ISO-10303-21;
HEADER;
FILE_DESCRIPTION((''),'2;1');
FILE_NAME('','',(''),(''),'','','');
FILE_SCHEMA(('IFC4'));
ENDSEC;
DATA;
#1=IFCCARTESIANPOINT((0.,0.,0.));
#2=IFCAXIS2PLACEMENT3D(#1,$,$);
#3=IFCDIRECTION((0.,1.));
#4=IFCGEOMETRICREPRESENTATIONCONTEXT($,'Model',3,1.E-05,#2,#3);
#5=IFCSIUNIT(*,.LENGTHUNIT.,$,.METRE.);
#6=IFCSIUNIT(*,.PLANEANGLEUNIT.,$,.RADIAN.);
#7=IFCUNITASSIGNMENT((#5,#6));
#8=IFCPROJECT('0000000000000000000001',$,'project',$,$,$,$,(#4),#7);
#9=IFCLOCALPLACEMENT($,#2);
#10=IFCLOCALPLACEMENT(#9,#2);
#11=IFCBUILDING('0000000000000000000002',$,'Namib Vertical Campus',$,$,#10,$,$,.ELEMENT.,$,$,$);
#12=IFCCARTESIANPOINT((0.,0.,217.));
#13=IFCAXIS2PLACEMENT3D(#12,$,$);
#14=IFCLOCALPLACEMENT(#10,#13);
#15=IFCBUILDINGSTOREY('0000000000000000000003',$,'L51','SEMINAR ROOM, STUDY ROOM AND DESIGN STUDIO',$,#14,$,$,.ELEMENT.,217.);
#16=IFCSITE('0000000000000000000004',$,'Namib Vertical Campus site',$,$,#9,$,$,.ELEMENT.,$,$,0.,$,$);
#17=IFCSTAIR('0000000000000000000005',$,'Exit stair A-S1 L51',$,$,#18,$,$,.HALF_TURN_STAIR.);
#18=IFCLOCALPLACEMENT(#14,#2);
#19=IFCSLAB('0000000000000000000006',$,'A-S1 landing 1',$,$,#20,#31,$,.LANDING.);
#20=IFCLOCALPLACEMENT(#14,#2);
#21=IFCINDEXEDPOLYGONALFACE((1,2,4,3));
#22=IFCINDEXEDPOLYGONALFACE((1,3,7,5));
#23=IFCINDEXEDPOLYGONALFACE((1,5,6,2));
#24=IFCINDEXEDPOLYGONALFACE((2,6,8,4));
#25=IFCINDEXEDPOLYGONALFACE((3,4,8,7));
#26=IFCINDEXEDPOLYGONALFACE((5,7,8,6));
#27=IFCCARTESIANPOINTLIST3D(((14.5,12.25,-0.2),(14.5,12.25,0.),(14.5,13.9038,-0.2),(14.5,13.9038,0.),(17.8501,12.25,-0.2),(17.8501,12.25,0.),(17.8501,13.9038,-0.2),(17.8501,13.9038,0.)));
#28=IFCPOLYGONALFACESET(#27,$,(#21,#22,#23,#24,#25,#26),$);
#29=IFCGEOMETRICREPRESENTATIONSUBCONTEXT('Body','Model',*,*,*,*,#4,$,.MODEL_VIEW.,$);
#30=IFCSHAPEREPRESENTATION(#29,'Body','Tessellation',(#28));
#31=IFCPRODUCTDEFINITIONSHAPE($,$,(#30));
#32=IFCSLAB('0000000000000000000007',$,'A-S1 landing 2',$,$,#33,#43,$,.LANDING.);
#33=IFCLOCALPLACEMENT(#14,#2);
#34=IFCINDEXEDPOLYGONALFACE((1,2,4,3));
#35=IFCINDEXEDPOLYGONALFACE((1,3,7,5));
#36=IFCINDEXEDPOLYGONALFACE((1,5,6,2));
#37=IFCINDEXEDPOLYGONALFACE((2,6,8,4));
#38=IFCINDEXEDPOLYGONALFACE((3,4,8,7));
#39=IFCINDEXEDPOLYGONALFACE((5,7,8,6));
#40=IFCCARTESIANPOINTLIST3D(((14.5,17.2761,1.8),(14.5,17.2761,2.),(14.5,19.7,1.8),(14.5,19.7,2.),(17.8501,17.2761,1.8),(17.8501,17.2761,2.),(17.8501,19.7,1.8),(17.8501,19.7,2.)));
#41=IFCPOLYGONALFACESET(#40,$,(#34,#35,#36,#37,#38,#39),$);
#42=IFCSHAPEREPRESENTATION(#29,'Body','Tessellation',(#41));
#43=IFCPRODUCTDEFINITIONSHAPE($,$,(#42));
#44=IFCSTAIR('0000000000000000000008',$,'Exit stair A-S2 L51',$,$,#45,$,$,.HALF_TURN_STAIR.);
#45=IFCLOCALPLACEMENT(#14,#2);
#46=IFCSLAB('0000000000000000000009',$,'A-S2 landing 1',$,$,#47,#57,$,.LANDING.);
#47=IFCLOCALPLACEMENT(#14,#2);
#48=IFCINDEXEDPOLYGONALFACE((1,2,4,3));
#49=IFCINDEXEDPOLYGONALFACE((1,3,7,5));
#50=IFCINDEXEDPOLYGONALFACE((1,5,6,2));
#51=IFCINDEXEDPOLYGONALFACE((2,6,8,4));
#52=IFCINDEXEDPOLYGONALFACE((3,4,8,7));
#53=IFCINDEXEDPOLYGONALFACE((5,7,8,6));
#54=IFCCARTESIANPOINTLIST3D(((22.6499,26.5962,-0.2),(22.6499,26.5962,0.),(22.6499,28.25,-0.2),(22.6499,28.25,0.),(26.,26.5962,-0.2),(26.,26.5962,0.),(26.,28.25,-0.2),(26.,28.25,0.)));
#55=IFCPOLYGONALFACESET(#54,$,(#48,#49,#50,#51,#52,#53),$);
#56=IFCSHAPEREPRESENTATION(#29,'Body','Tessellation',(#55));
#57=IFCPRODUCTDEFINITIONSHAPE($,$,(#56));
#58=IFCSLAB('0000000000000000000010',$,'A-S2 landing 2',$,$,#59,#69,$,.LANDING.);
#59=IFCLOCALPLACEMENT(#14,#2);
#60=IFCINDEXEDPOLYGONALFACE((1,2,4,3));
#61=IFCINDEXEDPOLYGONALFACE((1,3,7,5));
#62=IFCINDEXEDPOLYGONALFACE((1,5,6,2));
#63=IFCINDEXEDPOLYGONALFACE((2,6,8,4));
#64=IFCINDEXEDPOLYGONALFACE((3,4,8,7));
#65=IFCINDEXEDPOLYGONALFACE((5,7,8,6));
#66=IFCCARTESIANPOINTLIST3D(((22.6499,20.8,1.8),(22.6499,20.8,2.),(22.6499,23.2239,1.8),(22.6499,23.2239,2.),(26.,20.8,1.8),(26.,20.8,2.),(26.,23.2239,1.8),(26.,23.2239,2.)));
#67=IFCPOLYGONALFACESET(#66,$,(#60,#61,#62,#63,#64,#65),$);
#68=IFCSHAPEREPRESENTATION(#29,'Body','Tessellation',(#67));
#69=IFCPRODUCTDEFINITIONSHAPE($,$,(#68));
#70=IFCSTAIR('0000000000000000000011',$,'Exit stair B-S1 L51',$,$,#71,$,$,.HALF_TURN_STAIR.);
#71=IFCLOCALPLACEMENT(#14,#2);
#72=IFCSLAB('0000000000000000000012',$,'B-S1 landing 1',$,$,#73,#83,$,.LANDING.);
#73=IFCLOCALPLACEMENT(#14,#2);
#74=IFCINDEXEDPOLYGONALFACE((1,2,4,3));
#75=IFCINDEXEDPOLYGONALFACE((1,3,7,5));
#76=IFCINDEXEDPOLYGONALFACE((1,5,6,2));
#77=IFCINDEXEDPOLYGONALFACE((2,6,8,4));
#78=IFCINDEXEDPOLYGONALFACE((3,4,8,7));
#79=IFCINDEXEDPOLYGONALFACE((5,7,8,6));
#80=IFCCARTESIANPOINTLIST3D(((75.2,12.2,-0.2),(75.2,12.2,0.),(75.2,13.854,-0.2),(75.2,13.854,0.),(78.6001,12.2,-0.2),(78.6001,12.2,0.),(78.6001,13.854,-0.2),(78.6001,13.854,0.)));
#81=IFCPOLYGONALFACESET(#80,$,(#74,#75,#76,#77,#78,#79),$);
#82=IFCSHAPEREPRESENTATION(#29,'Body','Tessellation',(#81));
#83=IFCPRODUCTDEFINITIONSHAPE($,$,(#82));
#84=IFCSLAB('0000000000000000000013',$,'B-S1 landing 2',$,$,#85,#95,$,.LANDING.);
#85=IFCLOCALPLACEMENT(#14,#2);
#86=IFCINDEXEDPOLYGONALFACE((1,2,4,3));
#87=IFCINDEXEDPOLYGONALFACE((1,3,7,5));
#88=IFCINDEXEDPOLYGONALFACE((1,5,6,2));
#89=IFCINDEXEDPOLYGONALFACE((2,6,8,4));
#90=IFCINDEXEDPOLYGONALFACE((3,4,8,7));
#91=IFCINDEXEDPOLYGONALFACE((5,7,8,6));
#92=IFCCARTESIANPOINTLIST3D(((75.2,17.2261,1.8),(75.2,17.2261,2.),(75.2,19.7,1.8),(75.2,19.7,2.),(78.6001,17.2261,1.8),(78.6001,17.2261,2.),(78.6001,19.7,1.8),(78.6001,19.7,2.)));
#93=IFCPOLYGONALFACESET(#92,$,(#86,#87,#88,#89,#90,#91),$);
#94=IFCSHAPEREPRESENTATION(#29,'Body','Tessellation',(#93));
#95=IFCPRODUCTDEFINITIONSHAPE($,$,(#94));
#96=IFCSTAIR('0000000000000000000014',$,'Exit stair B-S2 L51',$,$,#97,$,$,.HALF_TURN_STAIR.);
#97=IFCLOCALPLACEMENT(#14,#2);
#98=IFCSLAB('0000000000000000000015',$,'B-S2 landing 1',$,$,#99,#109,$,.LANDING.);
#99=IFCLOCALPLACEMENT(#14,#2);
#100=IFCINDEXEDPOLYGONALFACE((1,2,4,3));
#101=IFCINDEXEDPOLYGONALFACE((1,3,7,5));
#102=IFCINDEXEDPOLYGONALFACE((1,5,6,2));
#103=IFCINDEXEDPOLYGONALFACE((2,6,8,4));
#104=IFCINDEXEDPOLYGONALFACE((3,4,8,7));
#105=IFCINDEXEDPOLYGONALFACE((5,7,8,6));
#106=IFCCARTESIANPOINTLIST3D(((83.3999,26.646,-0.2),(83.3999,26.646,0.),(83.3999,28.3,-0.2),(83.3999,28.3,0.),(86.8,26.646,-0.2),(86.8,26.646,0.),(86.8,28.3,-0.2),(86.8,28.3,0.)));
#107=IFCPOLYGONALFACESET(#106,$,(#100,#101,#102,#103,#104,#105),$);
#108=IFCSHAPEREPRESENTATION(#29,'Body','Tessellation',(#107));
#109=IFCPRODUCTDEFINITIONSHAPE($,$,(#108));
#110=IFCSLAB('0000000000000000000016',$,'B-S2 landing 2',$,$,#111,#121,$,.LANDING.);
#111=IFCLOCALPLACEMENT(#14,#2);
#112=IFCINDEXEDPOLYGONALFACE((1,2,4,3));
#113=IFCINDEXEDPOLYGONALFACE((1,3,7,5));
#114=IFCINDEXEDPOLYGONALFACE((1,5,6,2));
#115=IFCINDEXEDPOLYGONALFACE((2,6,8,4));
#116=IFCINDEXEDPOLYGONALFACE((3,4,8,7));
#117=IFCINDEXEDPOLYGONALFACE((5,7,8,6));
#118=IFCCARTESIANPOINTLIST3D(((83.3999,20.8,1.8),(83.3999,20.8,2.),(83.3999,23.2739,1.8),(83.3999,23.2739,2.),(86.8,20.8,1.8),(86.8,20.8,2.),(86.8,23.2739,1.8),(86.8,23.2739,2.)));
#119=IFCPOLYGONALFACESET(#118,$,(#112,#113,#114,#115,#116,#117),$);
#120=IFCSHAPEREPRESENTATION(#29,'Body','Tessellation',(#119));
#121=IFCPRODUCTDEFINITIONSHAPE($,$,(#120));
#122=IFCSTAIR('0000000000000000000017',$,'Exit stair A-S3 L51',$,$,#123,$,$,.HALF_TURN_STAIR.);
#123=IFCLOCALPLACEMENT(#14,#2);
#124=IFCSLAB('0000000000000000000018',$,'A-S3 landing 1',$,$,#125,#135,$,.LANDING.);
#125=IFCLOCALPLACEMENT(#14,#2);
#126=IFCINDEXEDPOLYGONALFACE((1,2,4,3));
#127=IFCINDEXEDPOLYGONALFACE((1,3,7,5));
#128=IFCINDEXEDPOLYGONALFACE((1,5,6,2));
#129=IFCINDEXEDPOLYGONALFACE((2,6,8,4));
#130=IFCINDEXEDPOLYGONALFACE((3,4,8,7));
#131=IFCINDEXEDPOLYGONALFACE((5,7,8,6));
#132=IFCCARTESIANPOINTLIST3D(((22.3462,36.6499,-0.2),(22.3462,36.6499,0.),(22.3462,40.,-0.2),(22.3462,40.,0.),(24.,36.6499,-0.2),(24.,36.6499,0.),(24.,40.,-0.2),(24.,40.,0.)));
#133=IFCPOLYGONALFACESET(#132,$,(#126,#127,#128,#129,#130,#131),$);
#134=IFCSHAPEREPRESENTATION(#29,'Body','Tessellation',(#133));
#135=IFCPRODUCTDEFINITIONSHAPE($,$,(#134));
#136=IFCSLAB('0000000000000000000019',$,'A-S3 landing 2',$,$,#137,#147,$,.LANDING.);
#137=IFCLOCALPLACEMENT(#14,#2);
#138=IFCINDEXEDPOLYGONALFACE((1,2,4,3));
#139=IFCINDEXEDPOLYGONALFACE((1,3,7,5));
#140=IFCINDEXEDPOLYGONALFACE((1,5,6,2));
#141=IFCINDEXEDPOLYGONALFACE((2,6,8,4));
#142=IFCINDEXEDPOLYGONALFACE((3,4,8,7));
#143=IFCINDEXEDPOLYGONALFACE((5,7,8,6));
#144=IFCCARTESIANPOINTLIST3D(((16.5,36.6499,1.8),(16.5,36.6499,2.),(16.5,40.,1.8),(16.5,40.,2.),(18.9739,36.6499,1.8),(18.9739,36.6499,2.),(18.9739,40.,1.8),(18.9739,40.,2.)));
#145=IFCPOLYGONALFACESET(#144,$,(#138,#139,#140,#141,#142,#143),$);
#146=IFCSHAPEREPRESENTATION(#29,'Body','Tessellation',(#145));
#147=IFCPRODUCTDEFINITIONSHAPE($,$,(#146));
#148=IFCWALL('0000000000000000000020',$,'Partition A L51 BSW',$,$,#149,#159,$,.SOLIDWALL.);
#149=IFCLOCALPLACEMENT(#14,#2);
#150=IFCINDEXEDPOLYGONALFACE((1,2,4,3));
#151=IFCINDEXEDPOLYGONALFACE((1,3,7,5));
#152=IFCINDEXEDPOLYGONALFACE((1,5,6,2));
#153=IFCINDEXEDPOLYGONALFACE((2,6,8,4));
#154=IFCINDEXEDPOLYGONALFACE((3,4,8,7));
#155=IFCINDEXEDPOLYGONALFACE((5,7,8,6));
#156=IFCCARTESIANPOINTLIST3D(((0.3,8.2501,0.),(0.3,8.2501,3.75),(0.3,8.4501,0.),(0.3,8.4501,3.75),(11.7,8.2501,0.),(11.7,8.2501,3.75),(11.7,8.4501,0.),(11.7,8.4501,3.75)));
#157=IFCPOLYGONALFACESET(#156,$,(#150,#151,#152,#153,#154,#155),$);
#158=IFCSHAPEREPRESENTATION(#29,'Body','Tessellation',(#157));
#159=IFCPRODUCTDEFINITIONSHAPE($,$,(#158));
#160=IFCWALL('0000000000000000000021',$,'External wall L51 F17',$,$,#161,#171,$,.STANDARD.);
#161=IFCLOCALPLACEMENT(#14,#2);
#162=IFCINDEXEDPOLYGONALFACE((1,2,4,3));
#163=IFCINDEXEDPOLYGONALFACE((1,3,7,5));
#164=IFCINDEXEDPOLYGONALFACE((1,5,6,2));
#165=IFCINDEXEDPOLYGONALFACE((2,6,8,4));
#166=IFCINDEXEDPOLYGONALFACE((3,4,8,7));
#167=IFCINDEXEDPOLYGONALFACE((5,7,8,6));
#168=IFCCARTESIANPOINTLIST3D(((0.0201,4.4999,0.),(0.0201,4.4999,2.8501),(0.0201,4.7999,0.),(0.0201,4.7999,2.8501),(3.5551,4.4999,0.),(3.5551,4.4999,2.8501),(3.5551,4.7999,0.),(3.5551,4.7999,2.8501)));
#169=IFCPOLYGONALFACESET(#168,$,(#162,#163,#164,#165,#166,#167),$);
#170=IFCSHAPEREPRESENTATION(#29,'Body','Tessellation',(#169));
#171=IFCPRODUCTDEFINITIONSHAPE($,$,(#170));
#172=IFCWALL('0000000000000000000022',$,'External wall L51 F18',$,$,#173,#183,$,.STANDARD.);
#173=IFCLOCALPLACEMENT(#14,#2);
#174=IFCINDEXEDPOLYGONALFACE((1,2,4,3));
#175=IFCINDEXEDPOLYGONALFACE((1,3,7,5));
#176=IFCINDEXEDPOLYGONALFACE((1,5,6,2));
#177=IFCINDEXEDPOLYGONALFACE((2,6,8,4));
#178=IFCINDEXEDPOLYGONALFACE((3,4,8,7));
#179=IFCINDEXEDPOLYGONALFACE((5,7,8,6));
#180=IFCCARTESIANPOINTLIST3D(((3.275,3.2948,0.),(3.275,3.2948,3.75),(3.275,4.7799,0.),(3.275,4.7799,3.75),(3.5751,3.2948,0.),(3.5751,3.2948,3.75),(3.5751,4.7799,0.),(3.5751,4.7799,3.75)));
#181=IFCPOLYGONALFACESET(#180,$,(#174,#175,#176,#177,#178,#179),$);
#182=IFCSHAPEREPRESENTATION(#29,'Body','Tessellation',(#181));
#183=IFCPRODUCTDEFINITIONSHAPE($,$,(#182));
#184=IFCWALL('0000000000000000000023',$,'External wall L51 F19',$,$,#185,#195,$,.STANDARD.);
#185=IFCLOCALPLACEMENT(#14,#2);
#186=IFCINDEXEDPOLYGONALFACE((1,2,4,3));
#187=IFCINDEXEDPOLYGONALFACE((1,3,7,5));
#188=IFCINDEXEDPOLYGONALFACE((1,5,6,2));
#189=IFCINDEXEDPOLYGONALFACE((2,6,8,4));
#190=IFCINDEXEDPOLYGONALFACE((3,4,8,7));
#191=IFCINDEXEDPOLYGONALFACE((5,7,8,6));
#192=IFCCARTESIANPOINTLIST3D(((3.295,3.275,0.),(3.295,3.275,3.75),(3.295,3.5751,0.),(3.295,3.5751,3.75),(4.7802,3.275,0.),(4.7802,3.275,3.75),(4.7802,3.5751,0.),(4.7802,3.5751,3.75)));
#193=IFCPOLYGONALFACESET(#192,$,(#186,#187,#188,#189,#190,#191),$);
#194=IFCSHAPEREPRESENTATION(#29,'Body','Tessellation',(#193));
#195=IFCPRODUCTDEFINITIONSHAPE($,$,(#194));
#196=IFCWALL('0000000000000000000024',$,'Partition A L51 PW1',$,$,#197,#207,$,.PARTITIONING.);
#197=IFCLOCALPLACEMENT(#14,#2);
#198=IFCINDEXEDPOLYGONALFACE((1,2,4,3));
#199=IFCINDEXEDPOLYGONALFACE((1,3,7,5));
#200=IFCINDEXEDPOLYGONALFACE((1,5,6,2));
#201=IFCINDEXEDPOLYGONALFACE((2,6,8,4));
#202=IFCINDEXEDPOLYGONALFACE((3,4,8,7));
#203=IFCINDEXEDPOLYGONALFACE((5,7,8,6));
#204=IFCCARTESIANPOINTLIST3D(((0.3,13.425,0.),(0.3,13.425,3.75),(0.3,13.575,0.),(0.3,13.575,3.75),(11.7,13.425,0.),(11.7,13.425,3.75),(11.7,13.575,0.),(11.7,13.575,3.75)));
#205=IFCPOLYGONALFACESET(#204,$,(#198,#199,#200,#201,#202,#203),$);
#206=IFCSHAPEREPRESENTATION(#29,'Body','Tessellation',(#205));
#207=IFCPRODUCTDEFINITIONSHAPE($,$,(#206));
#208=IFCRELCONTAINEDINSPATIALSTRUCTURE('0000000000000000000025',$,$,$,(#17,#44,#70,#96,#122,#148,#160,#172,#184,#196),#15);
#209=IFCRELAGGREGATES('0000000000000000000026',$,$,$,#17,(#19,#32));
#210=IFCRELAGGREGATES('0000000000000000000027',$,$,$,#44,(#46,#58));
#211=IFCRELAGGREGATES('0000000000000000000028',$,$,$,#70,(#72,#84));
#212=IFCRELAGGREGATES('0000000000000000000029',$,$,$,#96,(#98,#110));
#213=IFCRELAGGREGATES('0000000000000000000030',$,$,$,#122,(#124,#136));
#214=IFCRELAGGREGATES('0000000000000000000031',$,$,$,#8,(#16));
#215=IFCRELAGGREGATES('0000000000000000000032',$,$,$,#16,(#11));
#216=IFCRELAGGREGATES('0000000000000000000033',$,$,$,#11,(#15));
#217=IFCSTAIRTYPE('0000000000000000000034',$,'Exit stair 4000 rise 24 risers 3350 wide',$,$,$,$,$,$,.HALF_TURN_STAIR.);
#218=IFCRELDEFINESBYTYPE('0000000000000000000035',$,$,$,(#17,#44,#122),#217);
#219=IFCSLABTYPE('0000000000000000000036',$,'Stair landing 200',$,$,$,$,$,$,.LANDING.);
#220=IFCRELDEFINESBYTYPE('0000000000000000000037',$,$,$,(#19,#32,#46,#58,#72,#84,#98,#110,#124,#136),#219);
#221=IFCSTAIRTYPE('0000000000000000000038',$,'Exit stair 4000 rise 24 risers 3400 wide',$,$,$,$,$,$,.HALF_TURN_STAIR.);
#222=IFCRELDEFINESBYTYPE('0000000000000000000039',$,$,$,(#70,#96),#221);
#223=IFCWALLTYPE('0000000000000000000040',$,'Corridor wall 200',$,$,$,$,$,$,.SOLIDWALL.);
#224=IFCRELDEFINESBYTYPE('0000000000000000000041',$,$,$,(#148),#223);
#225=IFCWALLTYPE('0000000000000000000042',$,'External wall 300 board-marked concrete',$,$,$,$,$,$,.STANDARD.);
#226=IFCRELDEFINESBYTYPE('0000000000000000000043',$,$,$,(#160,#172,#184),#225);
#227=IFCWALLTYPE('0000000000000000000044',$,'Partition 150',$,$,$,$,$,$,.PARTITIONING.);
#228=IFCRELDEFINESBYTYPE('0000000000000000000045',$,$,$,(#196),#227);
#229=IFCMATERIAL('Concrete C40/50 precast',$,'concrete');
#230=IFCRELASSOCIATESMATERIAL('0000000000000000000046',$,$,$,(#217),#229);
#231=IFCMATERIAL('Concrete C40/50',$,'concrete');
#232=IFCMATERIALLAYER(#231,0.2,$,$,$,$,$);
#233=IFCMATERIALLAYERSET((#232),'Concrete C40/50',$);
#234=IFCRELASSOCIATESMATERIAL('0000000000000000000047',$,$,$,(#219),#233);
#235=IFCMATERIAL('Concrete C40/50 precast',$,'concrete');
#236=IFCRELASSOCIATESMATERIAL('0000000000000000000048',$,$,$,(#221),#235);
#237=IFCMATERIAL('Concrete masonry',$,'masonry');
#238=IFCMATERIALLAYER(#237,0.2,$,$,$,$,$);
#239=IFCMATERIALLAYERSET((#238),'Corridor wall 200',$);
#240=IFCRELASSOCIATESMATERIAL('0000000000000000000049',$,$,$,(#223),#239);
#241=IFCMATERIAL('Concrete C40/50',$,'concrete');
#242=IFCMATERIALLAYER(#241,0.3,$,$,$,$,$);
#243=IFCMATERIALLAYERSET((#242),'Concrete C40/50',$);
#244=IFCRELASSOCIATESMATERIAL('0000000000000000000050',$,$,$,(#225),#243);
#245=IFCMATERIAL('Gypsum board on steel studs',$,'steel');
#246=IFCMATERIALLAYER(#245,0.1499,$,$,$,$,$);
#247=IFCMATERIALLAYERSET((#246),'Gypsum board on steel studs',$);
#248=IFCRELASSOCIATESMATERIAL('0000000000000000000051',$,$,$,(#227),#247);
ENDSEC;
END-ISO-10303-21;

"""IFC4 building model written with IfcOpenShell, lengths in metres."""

from ifc_helpers import new_model, si_unit, direction, frame, frame_2d, origin, place, context, subcontext, project, spatial, polyline, rectangle, outline, extrude, material, layer, layer_set, type_object, element, aggregate, save


model = new_model("IFC4")

# Units and contexts
model_context = context("Model", 3, precision=1e-05, world=origin(), true_north=direction((0.0, 1.0)))
body_context = subcontext(model_context, "Body", "Model", "MODEL_VIEW")
ifc_project = project(units=[si_unit("LENGTHUNIT", "METRE"), si_unit("PLANEANGLEUNIT", "RADIAN")], contexts=[model_context])

# Site, building, storey
site_placement = place(None, origin())
site = spatial("IfcSite", under=ifc_project, at=site_placement, Name="Namib Vertical Campus site", CompositionType="ELEMENT", RefElevation=0.0)
building_placement = place(site_placement, origin())
building = spatial("IfcBuilding", under=site, at=building_placement, Name="Namib Vertical Campus", CompositionType="ELEMENT")
storey_placement = place(building_placement, frame((0.0, 0.0, 217.0)))
storey = spatial("IfcBuildingStorey", under=building, at=storey_placement, Name="L51", Description="SEMINAR ROOM, STUDY ROOM AND DESIGN STUDIO", CompositionType="ELEMENT", Elevation=217.0)

# Stairs, slabs
ifc_material_1 = material(Name="Concrete C40/50 precast", Category="concrete")
stair_type_1 = type_object("IfcStairType", Name="Exit stair 4000 rise 24 risers 3350 wide", PredefinedType="HALF_TURN_STAIR", material=ifc_material_1)
stair_1_placement = place(storey_placement, origin())
stair_1 = element("IfcStair", 1, at=stair_1_placement, inside=storey, type_object=stair_type_1, Name="Exit stair A-S1 L51", PredefinedType="HALF_TURN_STAIR")
ifc_material_2 = material(Name="Concrete C40/50", Category="concrete")
ifc_layer_1 = layer(ifc_material_2, 0.2)
ifc_layer_set_1 = layer_set([ifc_layer_1], Name="Concrete C40/50")
slab_type_1 = type_object("IfcSlabType", Name="Stair landing 200", PredefinedType="LANDING", material=ifc_layer_set_1)
slab_1_placement = place(storey_placement, frame((0.0, 0.0, -0.2)))
slab_1 = element("IfcSlab", 2, at=slab_1_placement, type_object=slab_type_1, Name="A-S1 landing 1", PredefinedType="LANDING", context=body_context, shape_type="SweptSolid", body=[
    extrude(outline(polyline([(14.5, 12.25), (17.8501, 12.25), (17.8501, 13.9038), (14.5, 13.9038), (14.5, 12.25)])), origin(), (0.0, 0.0, 1.0), 0.2),
])
slab_2_placement = place(storey_placement, frame((0.0, 0.0, 1.8)))
slab_2 = element("IfcSlab", 3, at=slab_2_placement, type_object=slab_type_1, Name="A-S1 landing 2", PredefinedType="LANDING", context=body_context, shape_type="SweptSolid", body=[
    extrude(outline(polyline([(14.5, 17.2761), (17.8501, 17.2761), (17.8501, 19.7), (14.5, 19.7), (14.5, 17.2761)])), origin(), (0.0, 0.0, 1.0), 0.2),
])
aggregate(stair_1, [slab_1, slab_2])
stair_2_placement = place(storey_placement, origin())
stair_2 = element("IfcStair", 4, at=stair_2_placement, inside=storey, type_object=stair_type_1, Name="Exit stair A-S2 L51", PredefinedType="HALF_TURN_STAIR")
slab_3_placement = place(storey_placement, frame((0.0, 0.0, -0.2)))
slab_3 = element("IfcSlab", 5, at=slab_3_placement, type_object=slab_type_1, Name="A-S2 landing 1", PredefinedType="LANDING", context=body_context, shape_type="SweptSolid", body=[
    extrude(outline(polyline([(22.6499, 26.5962), (26.0, 26.5962), (26.0, 28.25), (22.6499, 28.25), (22.6499, 26.5962)])), origin(), (0.0, 0.0, 1.0), 0.2),
])
slab_4_placement = place(storey_placement, frame((0.0, 0.0, 1.8)))
slab_4 = element("IfcSlab", 6, at=slab_4_placement, type_object=slab_type_1, Name="A-S2 landing 2", PredefinedType="LANDING", context=body_context, shape_type="SweptSolid", body=[
    extrude(outline(polyline([(22.6499, 20.8), (26.0, 20.8), (26.0, 23.2239), (22.6499, 23.2239), (22.6499, 20.8)])), origin(), (0.0, 0.0, 1.0), 0.2),
])
aggregate(stair_2, [slab_3, slab_4])
ifc_material_3 = material(Name="Concrete C40/50 precast", Category="concrete")
stair_type_2 = type_object("IfcStairType", Name="Exit stair 4000 rise 24 risers 3400 wide", PredefinedType="HALF_TURN_STAIR", material=ifc_material_3)
stair_3_placement = place(storey_placement, origin())
stair_3 = element("IfcStair", 7, at=stair_3_placement, inside=storey, type_object=stair_type_2, Name="Exit stair B-S1 L51", PredefinedType="HALF_TURN_STAIR")
slab_5_placement = place(storey_placement, frame((0.0, 0.0, -0.2)))
slab_5 = element("IfcSlab", 8, at=slab_5_placement, type_object=slab_type_1, Name="B-S1 landing 1", PredefinedType="LANDING", context=body_context, shape_type="SweptSolid", body=[
    extrude(outline(polyline([(75.2, 12.2), (78.6001, 12.2), (78.6001, 13.854), (75.2, 13.854), (75.2, 12.2)])), origin(), (0.0, 0.0, 1.0), 0.2),
])
slab_6_placement = place(storey_placement, frame((0.0, 0.0, 1.8)))
slab_6 = element("IfcSlab", 9, at=slab_6_placement, type_object=slab_type_1, Name="B-S1 landing 2", PredefinedType="LANDING", context=body_context, shape_type="SweptSolid", body=[
    extrude(outline(polyline([(75.2, 17.2261), (78.6001, 17.2261), (78.6001, 19.7), (75.2, 19.7), (75.2, 17.2261)])), origin(), (0.0, 0.0, 1.0), 0.2),
])
aggregate(stair_3, [slab_5, slab_6])
stair_4_placement = place(storey_placement, origin())
stair_4 = element("IfcStair", 10, at=stair_4_placement, inside=storey, type_object=stair_type_2, Name="Exit stair B-S2 L51", PredefinedType="HALF_TURN_STAIR")
slab_7_placement = place(storey_placement, frame((0.0, 0.0, -0.2)))
slab_7 = element("IfcSlab", 11, at=slab_7_placement, type_object=slab_type_1, Name="B-S2 landing 1", PredefinedType="LANDING", context=body_context, shape_type="SweptSolid", body=[
    extrude(outline(polyline([(83.3999, 26.646), (86.8, 26.646), (86.8, 28.3), (83.3999, 28.3), (83.3999, 26.646)])), origin(), (0.0, 0.0, 1.0), 0.2),
])
slab_8_placement = place(storey_placement, frame((0.0, 0.0, 1.8)))
slab_8 = element("IfcSlab", 12, at=slab_8_placement, type_object=slab_type_1, Name="B-S2 landing 2", PredefinedType="LANDING", context=body_context, shape_type="SweptSolid", body=[
    extrude(outline(polyline([(83.3999, 20.8), (86.8, 20.8), (86.8, 23.2739), (83.3999, 23.2739), (83.3999, 20.8)])), origin(), (0.0, 0.0, 1.0), 0.2),
])
aggregate(stair_4, [slab_7, slab_8])
stair_5_placement = place(storey_placement, origin())
stair_5 = element("IfcStair", 13, at=stair_5_placement, inside=storey, type_object=stair_type_1, Name="Exit stair A-S3 L51", PredefinedType="HALF_TURN_STAIR")
slab_9_placement = place(storey_placement, frame((0.0, 0.0, -0.2)))
slab_9 = element("IfcSlab", 14, at=slab_9_placement, type_object=slab_type_1, Name="A-S3 landing 1", PredefinedType="LANDING", context=body_context, shape_type="SweptSolid", body=[
    extrude(outline(polyline([(22.3462, 36.6499), (22.3462, 40.0), (24.0, 40.0), (24.0, 36.6499), (22.3462, 36.6499)])), origin(), (0.0, 0.0, 1.0), 0.2),
])
slab_10_placement = place(storey_placement, frame((0.0, 0.0, 1.8)))
slab_10 = element("IfcSlab", 15, at=slab_10_placement, type_object=slab_type_1, Name="A-S3 landing 2", PredefinedType="LANDING", context=body_context, shape_type="SweptSolid", body=[
    extrude(outline(polyline([(16.5, 36.6499), (16.5, 40.0), (18.9739, 40.0), (18.9739, 36.6499), (16.5, 36.6499)])), origin(), (0.0, 0.0, 1.0), 0.2),
])
aggregate(stair_5, [slab_9, slab_10])

# Walls
ifc_material_4 = material(Name="Concrete masonry", Category="masonry")
ifc_layer_2 = layer(ifc_material_4, 0.2)
ifc_layer_set_2 = layer_set([ifc_layer_2], Name="Corridor wall 200")
wall_type_1 = type_object("IfcWallType", Name="Corridor wall 200", PredefinedType="SOLIDWALL", material=ifc_layer_set_2)
wall_1_placement = place(storey_placement, frame((0.3, 8.3501, 0.0), z_axis=(0.0, 0.0, 1.0), x_axis=(1.0, 0.0, 0.0)))
element("IfcWall", 16, at=wall_1_placement, inside=storey, type_object=wall_type_1, Name="Partition A L51 BSW", PredefinedType="SOLIDWALL", context=body_context, shape_type="SweptSolid", body=[
    extrude(rectangle(XDim=11.3999, YDim=0.2, at=frame_2d((5.7, 0.0))), origin(), (0.0, 0.0, 1.0), 3.75),
])
ifc_material_5 = material(Name="Concrete C40/50", Category="concrete")
ifc_layer_3 = layer(ifc_material_5, 0.3)
ifc_layer_set_3 = layer_set([ifc_layer_3], Name="Concrete C40/50")
wall_type_2 = type_object("IfcWallType", Name="External wall 300 board-marked concrete", PredefinedType="STANDARD", material=ifc_layer_set_3)
wall_2_placement = place(storey_placement, frame((0.02, 4.6499, 0.0), z_axis=(0.0, 0.0, 1.0), x_axis=(1.0, 0.0, 0.0)))
element("IfcWall", 17, at=wall_2_placement, inside=storey, type_object=wall_type_2, Name="External wall L51 F17", PredefinedType="STANDARD", context=body_context, shape_type="SweptSolid", body=[
    extrude(rectangle(XDim=3.5349, YDim=0.3, at=frame_2d((1.7676, 0.0))), origin(), (0.0, 0.0, 1.0), 2.8501),
])
for number, where, z_axis, x_axis, name in (
    (18, (3.425, 4.78, 0.0), (0.0, 0.0, 1.0), (0.0, -1.0, 0.0), "External wall L51 F18"),
    (19, (3.2949, 3.425, 0.0), (0.0, 0.0, 1.0), (1.0, 0.0, 0.0), "External wall L51 F19"),
):
    element("IfcWall", number, at=place(storey_placement, frame(where, z_axis=z_axis, x_axis=x_axis)), inside=storey, type_object=wall_type_2, Name=name, PredefinedType="STANDARD", context=body_context, shape_type="SweptSolid", body=[
        extrude(rectangle(XDim=1.4851, YDim=0.3, at=frame_2d((0.7427, 0.0))), origin(), (0.0, 0.0, 1.0), 3.75),
    ])
ifc_material_6 = material(Name="Gypsum board on steel studs", Category="steel")
ifc_layer_4 = layer(ifc_material_6, 0.1499)
ifc_layer_set_4 = layer_set([ifc_layer_4], Name="Gypsum board on steel studs")
wall_type_3 = type_object("IfcWallType", Name="Partition 150", PredefinedType="PARTITIONING", material=ifc_layer_set_4)
wall_3_placement = place(storey_placement, frame((0.3, 13.5, 0.0), z_axis=(0.0, 0.0, 1.0), x_axis=(1.0, 0.0, 0.0)))
element("IfcWall", 20, at=wall_3_placement, inside=storey, type_object=wall_type_3, Name="Partition A L51 PW1", PredefinedType="PARTITIONING", context=body_context, shape_type="SweptSolid", body=[
    extrude(rectangle(XDim=11.3999, YDim=0.1499, at=frame_2d((5.7, 0.0))), origin(), (0.0, 0.0, 1.0), 3.75),
])

save(model, "model.ifc")
